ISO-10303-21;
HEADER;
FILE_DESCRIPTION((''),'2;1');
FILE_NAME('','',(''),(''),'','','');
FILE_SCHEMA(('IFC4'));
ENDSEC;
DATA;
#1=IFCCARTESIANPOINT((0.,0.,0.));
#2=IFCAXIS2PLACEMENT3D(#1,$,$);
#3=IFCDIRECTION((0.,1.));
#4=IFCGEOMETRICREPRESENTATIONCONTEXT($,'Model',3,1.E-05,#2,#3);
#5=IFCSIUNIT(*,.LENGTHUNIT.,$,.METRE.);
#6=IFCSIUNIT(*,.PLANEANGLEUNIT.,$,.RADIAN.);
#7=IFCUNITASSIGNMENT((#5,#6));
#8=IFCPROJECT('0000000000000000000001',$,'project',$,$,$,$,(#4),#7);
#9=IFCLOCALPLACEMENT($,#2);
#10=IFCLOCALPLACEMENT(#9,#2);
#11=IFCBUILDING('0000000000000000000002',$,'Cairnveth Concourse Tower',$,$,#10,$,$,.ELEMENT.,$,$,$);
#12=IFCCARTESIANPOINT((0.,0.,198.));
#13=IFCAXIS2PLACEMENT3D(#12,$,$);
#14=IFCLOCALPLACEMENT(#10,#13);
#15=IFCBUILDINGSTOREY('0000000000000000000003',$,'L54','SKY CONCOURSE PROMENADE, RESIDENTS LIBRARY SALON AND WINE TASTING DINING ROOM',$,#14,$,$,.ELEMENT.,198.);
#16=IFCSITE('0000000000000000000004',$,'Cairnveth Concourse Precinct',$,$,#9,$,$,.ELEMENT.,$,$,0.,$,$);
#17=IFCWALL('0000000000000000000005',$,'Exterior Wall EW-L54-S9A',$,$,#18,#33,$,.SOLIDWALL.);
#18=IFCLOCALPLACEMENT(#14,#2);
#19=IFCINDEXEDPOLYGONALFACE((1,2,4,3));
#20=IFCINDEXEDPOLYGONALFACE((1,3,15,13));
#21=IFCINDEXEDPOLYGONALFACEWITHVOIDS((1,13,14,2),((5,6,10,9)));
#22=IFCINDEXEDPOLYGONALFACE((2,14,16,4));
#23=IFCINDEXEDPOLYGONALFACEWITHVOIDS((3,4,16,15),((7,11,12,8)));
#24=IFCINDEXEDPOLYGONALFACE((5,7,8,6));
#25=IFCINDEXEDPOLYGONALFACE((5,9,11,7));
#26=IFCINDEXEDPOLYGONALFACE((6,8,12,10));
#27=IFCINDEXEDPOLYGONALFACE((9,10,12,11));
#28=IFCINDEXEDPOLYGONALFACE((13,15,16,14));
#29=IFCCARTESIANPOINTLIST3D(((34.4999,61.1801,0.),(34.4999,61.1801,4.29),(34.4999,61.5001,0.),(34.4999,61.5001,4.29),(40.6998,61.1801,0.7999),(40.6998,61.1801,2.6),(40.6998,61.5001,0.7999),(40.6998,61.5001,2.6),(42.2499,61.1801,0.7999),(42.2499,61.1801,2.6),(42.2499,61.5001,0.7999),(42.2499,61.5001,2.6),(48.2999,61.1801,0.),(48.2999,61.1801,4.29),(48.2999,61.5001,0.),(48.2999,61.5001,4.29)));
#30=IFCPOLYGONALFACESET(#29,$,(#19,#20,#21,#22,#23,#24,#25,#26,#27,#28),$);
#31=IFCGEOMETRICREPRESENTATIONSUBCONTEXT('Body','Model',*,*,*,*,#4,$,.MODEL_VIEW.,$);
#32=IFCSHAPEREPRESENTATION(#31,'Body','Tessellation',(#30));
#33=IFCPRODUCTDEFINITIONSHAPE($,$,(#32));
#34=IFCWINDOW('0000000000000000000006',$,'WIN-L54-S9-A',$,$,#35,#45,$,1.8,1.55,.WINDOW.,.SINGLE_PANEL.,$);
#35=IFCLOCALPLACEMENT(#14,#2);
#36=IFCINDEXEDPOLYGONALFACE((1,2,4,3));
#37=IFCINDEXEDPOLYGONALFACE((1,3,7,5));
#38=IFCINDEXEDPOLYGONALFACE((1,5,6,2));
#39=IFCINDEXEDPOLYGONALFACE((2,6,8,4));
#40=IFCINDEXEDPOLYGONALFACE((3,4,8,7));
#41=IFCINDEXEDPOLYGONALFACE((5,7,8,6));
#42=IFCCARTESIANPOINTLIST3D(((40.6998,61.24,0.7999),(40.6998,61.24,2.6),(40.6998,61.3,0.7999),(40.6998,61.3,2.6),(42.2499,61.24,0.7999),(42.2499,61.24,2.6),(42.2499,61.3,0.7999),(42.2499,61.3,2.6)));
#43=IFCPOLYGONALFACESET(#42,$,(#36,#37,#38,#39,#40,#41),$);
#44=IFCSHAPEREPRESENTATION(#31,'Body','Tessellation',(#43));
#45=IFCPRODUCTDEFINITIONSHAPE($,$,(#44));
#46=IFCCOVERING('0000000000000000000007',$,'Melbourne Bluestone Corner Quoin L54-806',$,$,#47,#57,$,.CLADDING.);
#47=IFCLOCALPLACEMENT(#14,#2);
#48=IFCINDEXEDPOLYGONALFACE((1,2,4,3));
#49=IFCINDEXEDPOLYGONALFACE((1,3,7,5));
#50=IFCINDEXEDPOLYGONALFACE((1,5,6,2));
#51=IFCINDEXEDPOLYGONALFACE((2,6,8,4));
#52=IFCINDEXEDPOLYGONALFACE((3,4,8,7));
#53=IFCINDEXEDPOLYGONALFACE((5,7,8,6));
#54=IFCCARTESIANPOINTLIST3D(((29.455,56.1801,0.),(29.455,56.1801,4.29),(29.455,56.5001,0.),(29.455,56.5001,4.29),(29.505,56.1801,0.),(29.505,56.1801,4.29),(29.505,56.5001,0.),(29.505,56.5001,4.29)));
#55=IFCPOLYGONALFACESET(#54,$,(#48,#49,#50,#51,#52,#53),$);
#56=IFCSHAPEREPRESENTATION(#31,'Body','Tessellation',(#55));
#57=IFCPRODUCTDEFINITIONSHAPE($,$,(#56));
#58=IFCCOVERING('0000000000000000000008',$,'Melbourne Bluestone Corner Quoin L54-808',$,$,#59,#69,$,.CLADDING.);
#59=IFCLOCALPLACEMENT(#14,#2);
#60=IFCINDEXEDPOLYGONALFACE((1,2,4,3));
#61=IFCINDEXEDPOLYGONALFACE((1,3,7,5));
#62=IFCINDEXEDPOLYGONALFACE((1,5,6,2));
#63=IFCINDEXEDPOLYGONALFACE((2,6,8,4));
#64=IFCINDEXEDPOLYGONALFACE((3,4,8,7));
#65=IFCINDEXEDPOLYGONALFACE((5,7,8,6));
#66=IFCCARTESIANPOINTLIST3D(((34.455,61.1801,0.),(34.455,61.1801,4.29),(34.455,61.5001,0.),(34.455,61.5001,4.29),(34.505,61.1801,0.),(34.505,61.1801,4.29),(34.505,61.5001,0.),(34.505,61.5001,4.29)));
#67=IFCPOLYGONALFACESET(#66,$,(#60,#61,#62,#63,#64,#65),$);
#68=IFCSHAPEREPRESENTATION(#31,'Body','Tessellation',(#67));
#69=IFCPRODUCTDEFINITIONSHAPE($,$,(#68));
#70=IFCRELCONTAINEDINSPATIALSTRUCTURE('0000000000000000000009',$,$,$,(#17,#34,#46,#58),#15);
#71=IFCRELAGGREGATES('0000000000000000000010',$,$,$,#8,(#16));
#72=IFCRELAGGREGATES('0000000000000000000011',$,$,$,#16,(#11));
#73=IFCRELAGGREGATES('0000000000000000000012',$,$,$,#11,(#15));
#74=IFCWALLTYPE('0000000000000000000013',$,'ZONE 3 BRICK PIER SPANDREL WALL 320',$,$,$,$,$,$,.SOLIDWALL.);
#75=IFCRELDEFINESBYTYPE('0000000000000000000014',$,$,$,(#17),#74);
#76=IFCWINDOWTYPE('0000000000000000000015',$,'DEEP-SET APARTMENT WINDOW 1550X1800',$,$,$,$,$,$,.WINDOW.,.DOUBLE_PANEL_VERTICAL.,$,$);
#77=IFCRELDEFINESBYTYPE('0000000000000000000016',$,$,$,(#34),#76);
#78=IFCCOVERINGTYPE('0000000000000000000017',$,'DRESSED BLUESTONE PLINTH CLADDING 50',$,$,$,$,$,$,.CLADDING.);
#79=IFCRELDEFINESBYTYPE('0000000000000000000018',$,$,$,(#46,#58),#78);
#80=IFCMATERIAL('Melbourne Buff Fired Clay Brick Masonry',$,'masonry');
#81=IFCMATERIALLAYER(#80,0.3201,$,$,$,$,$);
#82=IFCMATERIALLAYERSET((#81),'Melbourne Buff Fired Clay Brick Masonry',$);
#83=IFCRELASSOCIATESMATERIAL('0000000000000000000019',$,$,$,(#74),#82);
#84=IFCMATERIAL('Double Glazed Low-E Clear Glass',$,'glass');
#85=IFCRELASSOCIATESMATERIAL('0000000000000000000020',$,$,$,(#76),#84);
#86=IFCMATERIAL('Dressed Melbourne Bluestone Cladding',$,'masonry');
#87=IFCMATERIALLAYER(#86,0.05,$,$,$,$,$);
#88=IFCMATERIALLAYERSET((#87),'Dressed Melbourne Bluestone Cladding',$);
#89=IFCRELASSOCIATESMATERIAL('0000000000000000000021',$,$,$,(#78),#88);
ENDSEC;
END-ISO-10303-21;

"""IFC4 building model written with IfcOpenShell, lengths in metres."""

from ifc_helpers import new_model, si_unit, direction, frame, frame_2d, origin, place, context, subcontext, project, spatial, rectangle, extrude, material, layer, layer_set, type_object, element, fill, save


model = new_model("IFC4")

# Units and contexts
model_context = context("Model", 3, precision=1e-05, world=origin(), true_north=direction((0.0, 1.0)))
body_context = subcontext(model_context, "Body", "Model", "MODEL_VIEW")
ifc_project = project(units=[si_unit("LENGTHUNIT", "METRE"), si_unit("PLANEANGLEUNIT", "RADIAN")], contexts=[model_context])

# Site, building, storey
site_placement = place(None, origin())
site = spatial("IfcSite", under=ifc_project, at=site_placement, Name="Cairnveth Concourse Precinct", CompositionType="ELEMENT", RefElevation=0.0)
building_placement = place(site_placement, origin())
building = spatial("IfcBuilding", under=site, at=building_placement, Name="Cairnveth Concourse Tower", CompositionType="ELEMENT")
storey_placement = place(building_placement, frame((0.0, 0.0, 198.0)))
storey = spatial("IfcBuildingStorey", under=building, at=storey_placement, Name="L54", Description="SKY CONCOURSE PROMENADE, RESIDENTS LIBRARY SALON AND WINE TASTING DINING ROOM", CompositionType="ELEMENT", Elevation=198.0)

# Shared definitions
ifc_material_1 = material(Name="Melbourne Buff Fired Clay Brick Masonry", Category="masonry")
ifc_layer_1 = layer(ifc_material_1, 0.3201)
ifc_layer_set_1 = layer_set([ifc_layer_1], Name="Melbourne Buff Fired Clay Brick Masonry")
wall_type_1 = type_object("IfcWallType", Name="ZONE 3 BRICK PIER SPANDREL WALL 320", PredefinedType="SOLIDWALL", material=ifc_layer_set_1)

# Wall, opening, window
wall_1_placement = place(storey_placement, frame((34.5, 61.3401, 0.0), z_axis=(0.0, 0.0, 1.0), x_axis=(1.0, 0.0, 0.0)))
wall_1 = element("IfcWall", 1, at=wall_1_placement, inside=storey, type_object=wall_type_1, Name="Exterior Wall EW-L54-S9A", PredefinedType="SOLIDWALL", context=body_context, shape_type="SweptSolid", body=[
    extrude(rectangle(XDim=13.8, YDim=0.3201, at=frame_2d((6.8999, 0.0))), origin(), (0.0, 0.0, 1.0), 4.29),
])
opening_1_placement = place(wall_1_placement, frame((6.2, 0.0, 0.8)))
opening_1 = element("IfcOpeningElement", 2, at=opening_1_placement, cuts=wall_1, PredefinedType="OPENING", context=body_context, shape_type="SweptSolid", body=[
    extrude(rectangle(XDim=1.55, YDim=1.8, at=frame_2d((0.7749, 0.8999))), frame((0.0, 0.1699, 0.0), z_axis=(0.0, -1.0, 0.0), x_axis=(1.0, 0.0, 0.0)), (0.0, 0.0, 1.0), 0.3401),
])
ifc_material_2 = material(Name="Double Glazed Low-E Clear Glass", Category="glass")
window_type = type_object("IfcWindowType", Name="DEEP-SET APARTMENT WINDOW 1550X1800", PartitioningType="DOUBLE_PANEL_VERTICAL", PredefinedType="WINDOW", material=ifc_material_2)
window_placement = place(opening_1_placement, origin())
window = element("IfcWindow", 3, at=window_placement, inside=storey, type_object=window_type, Name="WIN-L54-S9-A", OverallHeight=1.8, OverallWidth=1.55, PartitioningType="SINGLE_PANEL", PredefinedType="WINDOW", context=body_context, shape_type="SweptSolid", body=[
    extrude(rectangle(XDim=1.55, YDim=1.8, at=frame_2d((0.7749, 0.8999))), frame((0.0, -0.04, 0.0), z_axis=(0.0, -1.0, 0.0), x_axis=(1.0, 0.0, 0.0)), (0.0, 0.0, 1.0), 0.0601),
])
fill(opening_1, window)

# Coverings
ifc_material_3 = material(Name="Dressed Melbourne Bluestone Cladding", Category="masonry")
ifc_layer_2 = layer(ifc_material_3, 0.05)
ifc_layer_set_2 = layer_set([ifc_layer_2], Name="Dressed Melbourne Bluestone Cladding")
covering_type = type_object("IfcCoveringType", Name="DRESSED BLUESTONE PLINTH CLADDING 50", PredefinedType="CLADDING", material=ifc_layer_set_2)
for number, where, z_axis, x_axis, name in (
    (4, (29.48, 56.1799, 0.0), (0.0, 0.0, 1.0), (0.0, 1.0, 0.0), "Melbourne Bluestone Corner Quoin L54-806"),
    (5, (34.48, 61.1799, 0.0), (0.0, 0.0, 1.0), (0.0, 1.0, 0.0), "Melbourne Bluestone Corner Quoin L54-808"),
):
    element("IfcCovering", number, at=place(storey_placement, frame(where, z_axis=z_axis, x_axis=x_axis)), inside=storey, type_object=covering_type, Name=name, PredefinedType="CLADDING", context=body_context, shape_type="SweptSolid", body=[
        extrude(rectangle(XDim=0.3201, YDim=0.05, at=frame_2d((0.1602, 0.0))), origin(), (0.0, 0.0, 1.0), 4.29),
    ])

save(model, "model.ifc")
